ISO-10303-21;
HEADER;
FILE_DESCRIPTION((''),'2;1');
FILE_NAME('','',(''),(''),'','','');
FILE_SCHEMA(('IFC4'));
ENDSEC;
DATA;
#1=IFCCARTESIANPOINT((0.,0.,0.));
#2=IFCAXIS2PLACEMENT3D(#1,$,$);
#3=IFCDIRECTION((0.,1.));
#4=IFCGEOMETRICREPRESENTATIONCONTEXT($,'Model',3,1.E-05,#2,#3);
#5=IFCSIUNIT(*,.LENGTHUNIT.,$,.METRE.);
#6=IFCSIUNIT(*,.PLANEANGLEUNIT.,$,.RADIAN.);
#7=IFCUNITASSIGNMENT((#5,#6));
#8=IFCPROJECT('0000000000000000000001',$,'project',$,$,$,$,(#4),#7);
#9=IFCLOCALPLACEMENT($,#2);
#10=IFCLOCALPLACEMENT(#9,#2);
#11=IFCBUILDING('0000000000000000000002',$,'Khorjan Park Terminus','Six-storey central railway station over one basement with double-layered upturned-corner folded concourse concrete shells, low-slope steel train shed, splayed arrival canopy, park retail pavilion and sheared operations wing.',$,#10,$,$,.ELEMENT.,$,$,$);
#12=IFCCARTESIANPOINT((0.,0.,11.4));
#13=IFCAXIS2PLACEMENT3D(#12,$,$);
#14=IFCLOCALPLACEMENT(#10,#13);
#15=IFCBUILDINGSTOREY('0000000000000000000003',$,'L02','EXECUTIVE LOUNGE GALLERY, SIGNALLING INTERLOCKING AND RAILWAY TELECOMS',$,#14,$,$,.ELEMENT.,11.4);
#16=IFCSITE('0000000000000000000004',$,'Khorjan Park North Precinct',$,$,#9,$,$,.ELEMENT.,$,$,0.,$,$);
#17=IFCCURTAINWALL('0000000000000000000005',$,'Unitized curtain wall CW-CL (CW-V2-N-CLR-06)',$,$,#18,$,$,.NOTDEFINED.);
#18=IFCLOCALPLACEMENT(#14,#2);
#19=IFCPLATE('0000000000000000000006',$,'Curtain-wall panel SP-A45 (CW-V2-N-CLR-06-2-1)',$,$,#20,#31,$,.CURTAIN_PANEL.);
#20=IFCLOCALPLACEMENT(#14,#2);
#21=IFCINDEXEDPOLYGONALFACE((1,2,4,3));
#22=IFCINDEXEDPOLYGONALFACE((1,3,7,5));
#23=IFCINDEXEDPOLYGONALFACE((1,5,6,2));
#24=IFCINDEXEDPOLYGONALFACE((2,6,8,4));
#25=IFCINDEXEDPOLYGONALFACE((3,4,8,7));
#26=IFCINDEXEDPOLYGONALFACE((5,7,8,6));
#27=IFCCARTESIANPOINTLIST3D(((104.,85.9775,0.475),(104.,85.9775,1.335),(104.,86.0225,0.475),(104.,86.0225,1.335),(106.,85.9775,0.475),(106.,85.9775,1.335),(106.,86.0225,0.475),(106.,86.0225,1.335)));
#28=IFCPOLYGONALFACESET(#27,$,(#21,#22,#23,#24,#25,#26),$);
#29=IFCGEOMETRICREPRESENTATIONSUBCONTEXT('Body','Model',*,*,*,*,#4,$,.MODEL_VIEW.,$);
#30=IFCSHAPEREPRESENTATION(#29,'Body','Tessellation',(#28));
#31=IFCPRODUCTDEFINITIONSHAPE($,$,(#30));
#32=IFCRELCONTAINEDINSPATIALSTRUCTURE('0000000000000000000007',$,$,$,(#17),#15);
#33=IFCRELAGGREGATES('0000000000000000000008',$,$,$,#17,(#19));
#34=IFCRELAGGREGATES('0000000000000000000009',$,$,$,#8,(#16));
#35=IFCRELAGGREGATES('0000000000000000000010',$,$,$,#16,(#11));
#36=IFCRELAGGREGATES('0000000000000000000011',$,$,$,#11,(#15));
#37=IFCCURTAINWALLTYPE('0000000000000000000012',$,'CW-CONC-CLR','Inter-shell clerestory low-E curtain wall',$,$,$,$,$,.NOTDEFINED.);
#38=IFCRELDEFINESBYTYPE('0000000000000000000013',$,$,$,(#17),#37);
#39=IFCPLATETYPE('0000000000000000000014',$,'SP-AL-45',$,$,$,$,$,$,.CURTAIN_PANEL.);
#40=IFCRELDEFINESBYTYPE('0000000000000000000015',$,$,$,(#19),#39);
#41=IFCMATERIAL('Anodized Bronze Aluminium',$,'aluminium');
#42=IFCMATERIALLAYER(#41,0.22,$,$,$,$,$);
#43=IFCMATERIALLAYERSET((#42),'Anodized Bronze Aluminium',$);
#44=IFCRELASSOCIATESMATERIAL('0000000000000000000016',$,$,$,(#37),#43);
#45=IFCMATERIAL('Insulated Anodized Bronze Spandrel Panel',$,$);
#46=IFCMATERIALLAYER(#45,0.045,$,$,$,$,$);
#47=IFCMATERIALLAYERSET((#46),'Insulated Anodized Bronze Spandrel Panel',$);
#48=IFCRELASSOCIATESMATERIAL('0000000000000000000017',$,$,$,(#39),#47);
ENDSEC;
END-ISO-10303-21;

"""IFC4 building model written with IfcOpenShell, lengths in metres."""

from ifc_helpers import new_model, si_unit, direction, frame, origin, origin_2d, place, context, subcontext, project, spatial, rectangle, extrude, material, layer, layer_set, type_object, element, aggregate, save


model = new_model("IFC4")

# Units and contexts
model_context = context("Model", 3, precision=1e-05, world=origin(), true_north=direction((0.0, 1.0)))
body_context = subcontext(model_context, "Body", "Model", "MODEL_VIEW")
ifc_project = project(units=[si_unit("LENGTHUNIT", "METRE"), si_unit("PLANEANGLEUNIT", "RADIAN")], contexts=[model_context])

# Site, building, storey
site_placement = place(None, origin())
site = spatial("IfcSite", under=ifc_project, at=site_placement, Name="Khorjan Park North Precinct", CompositionType="ELEMENT", RefElevation=0.0)
building_placement = place(site_placement, origin())
building = spatial("IfcBuilding", under=site, at=building_placement, Name="Khorjan Park Terminus", Description="Six-storey central railway station over one basement with double-layered upturned-corner folded concourse concrete shells, low-slope steel train shed, splayed arrival canopy, park retail pavilion and sheared operations wing.", CompositionType="ELEMENT")
storey_placement = place(building_placement, frame((0.0, 0.0, 11.4)))
storey = spatial("IfcBuildingStorey", under=building, at=storey_placement, Name="L02", Description="EXECUTIVE LOUNGE GALLERY, SIGNALLING INTERLOCKING AND RAILWAY TELECOMS", CompositionType="ELEMENT", Elevation=11.4)

# Curtain wall
ifc_material_1 = material(Name="Anodized Bronze Aluminium", Category="aluminium")
ifc_layer_1 = layer(ifc_material_1, 0.22)
ifc_layer_set_1 = layer_set([ifc_layer_1], Name="Anodized Bronze Aluminium")
curtain_wall_type = type_object("IfcCurtainWallType", Name="CW-CONC-CLR", Description="Inter-shell clerestory low-E curtain wall", PredefinedType="NOTDEFINED", material=ifc_layer_set_1)
curtain_wall_placement = place(storey_placement, origin())
curtain_wall = element("IfcCurtainWall", 1, at=curtain_wall_placement, inside=storey, type_object=curtain_wall_type, Name="Unitized curtain wall CW-CL (CW-V2-N-CLR-06)", PredefinedType="NOTDEFINED")

# Plate
ifc_material_2 = material(Name="Insulated Anodized Bronze Spandrel Panel")
ifc_layer_2 = layer(ifc_material_2, 0.045)
ifc_layer_set_2 = layer_set([ifc_layer_2], Name="Insulated Anodized Bronze Spandrel Panel")
plate_type_1 = type_object("IfcPlateType", Name="SP-AL-45", PredefinedType="CURTAIN_PANEL", material=ifc_layer_set_2)
plate_1_placement = place(storey_placement, frame((105.0, 86.0, 0.475), z_axis=(0.0, 0.0, 1.0), x_axis=(-1.0, 0.0, 0.0)))
plate_1 = element("IfcPlate", 2, at=plate_1_placement, type_object=plate_type_1, Name="Curtain-wall panel SP-A45 (CW-V2-N-CLR-06-2-1)", PredefinedType="CURTAIN_PANEL", context=body_context, shape_type="SweptSolid", body=[
    extrude(rectangle(XDim=2.0, YDim=0.045, at=origin_2d()), origin(), (0.0, 0.0, 1.0), 0.86),
])
aggregate(curtain_wall, [plate_1])

save(model, "model.ifc")
